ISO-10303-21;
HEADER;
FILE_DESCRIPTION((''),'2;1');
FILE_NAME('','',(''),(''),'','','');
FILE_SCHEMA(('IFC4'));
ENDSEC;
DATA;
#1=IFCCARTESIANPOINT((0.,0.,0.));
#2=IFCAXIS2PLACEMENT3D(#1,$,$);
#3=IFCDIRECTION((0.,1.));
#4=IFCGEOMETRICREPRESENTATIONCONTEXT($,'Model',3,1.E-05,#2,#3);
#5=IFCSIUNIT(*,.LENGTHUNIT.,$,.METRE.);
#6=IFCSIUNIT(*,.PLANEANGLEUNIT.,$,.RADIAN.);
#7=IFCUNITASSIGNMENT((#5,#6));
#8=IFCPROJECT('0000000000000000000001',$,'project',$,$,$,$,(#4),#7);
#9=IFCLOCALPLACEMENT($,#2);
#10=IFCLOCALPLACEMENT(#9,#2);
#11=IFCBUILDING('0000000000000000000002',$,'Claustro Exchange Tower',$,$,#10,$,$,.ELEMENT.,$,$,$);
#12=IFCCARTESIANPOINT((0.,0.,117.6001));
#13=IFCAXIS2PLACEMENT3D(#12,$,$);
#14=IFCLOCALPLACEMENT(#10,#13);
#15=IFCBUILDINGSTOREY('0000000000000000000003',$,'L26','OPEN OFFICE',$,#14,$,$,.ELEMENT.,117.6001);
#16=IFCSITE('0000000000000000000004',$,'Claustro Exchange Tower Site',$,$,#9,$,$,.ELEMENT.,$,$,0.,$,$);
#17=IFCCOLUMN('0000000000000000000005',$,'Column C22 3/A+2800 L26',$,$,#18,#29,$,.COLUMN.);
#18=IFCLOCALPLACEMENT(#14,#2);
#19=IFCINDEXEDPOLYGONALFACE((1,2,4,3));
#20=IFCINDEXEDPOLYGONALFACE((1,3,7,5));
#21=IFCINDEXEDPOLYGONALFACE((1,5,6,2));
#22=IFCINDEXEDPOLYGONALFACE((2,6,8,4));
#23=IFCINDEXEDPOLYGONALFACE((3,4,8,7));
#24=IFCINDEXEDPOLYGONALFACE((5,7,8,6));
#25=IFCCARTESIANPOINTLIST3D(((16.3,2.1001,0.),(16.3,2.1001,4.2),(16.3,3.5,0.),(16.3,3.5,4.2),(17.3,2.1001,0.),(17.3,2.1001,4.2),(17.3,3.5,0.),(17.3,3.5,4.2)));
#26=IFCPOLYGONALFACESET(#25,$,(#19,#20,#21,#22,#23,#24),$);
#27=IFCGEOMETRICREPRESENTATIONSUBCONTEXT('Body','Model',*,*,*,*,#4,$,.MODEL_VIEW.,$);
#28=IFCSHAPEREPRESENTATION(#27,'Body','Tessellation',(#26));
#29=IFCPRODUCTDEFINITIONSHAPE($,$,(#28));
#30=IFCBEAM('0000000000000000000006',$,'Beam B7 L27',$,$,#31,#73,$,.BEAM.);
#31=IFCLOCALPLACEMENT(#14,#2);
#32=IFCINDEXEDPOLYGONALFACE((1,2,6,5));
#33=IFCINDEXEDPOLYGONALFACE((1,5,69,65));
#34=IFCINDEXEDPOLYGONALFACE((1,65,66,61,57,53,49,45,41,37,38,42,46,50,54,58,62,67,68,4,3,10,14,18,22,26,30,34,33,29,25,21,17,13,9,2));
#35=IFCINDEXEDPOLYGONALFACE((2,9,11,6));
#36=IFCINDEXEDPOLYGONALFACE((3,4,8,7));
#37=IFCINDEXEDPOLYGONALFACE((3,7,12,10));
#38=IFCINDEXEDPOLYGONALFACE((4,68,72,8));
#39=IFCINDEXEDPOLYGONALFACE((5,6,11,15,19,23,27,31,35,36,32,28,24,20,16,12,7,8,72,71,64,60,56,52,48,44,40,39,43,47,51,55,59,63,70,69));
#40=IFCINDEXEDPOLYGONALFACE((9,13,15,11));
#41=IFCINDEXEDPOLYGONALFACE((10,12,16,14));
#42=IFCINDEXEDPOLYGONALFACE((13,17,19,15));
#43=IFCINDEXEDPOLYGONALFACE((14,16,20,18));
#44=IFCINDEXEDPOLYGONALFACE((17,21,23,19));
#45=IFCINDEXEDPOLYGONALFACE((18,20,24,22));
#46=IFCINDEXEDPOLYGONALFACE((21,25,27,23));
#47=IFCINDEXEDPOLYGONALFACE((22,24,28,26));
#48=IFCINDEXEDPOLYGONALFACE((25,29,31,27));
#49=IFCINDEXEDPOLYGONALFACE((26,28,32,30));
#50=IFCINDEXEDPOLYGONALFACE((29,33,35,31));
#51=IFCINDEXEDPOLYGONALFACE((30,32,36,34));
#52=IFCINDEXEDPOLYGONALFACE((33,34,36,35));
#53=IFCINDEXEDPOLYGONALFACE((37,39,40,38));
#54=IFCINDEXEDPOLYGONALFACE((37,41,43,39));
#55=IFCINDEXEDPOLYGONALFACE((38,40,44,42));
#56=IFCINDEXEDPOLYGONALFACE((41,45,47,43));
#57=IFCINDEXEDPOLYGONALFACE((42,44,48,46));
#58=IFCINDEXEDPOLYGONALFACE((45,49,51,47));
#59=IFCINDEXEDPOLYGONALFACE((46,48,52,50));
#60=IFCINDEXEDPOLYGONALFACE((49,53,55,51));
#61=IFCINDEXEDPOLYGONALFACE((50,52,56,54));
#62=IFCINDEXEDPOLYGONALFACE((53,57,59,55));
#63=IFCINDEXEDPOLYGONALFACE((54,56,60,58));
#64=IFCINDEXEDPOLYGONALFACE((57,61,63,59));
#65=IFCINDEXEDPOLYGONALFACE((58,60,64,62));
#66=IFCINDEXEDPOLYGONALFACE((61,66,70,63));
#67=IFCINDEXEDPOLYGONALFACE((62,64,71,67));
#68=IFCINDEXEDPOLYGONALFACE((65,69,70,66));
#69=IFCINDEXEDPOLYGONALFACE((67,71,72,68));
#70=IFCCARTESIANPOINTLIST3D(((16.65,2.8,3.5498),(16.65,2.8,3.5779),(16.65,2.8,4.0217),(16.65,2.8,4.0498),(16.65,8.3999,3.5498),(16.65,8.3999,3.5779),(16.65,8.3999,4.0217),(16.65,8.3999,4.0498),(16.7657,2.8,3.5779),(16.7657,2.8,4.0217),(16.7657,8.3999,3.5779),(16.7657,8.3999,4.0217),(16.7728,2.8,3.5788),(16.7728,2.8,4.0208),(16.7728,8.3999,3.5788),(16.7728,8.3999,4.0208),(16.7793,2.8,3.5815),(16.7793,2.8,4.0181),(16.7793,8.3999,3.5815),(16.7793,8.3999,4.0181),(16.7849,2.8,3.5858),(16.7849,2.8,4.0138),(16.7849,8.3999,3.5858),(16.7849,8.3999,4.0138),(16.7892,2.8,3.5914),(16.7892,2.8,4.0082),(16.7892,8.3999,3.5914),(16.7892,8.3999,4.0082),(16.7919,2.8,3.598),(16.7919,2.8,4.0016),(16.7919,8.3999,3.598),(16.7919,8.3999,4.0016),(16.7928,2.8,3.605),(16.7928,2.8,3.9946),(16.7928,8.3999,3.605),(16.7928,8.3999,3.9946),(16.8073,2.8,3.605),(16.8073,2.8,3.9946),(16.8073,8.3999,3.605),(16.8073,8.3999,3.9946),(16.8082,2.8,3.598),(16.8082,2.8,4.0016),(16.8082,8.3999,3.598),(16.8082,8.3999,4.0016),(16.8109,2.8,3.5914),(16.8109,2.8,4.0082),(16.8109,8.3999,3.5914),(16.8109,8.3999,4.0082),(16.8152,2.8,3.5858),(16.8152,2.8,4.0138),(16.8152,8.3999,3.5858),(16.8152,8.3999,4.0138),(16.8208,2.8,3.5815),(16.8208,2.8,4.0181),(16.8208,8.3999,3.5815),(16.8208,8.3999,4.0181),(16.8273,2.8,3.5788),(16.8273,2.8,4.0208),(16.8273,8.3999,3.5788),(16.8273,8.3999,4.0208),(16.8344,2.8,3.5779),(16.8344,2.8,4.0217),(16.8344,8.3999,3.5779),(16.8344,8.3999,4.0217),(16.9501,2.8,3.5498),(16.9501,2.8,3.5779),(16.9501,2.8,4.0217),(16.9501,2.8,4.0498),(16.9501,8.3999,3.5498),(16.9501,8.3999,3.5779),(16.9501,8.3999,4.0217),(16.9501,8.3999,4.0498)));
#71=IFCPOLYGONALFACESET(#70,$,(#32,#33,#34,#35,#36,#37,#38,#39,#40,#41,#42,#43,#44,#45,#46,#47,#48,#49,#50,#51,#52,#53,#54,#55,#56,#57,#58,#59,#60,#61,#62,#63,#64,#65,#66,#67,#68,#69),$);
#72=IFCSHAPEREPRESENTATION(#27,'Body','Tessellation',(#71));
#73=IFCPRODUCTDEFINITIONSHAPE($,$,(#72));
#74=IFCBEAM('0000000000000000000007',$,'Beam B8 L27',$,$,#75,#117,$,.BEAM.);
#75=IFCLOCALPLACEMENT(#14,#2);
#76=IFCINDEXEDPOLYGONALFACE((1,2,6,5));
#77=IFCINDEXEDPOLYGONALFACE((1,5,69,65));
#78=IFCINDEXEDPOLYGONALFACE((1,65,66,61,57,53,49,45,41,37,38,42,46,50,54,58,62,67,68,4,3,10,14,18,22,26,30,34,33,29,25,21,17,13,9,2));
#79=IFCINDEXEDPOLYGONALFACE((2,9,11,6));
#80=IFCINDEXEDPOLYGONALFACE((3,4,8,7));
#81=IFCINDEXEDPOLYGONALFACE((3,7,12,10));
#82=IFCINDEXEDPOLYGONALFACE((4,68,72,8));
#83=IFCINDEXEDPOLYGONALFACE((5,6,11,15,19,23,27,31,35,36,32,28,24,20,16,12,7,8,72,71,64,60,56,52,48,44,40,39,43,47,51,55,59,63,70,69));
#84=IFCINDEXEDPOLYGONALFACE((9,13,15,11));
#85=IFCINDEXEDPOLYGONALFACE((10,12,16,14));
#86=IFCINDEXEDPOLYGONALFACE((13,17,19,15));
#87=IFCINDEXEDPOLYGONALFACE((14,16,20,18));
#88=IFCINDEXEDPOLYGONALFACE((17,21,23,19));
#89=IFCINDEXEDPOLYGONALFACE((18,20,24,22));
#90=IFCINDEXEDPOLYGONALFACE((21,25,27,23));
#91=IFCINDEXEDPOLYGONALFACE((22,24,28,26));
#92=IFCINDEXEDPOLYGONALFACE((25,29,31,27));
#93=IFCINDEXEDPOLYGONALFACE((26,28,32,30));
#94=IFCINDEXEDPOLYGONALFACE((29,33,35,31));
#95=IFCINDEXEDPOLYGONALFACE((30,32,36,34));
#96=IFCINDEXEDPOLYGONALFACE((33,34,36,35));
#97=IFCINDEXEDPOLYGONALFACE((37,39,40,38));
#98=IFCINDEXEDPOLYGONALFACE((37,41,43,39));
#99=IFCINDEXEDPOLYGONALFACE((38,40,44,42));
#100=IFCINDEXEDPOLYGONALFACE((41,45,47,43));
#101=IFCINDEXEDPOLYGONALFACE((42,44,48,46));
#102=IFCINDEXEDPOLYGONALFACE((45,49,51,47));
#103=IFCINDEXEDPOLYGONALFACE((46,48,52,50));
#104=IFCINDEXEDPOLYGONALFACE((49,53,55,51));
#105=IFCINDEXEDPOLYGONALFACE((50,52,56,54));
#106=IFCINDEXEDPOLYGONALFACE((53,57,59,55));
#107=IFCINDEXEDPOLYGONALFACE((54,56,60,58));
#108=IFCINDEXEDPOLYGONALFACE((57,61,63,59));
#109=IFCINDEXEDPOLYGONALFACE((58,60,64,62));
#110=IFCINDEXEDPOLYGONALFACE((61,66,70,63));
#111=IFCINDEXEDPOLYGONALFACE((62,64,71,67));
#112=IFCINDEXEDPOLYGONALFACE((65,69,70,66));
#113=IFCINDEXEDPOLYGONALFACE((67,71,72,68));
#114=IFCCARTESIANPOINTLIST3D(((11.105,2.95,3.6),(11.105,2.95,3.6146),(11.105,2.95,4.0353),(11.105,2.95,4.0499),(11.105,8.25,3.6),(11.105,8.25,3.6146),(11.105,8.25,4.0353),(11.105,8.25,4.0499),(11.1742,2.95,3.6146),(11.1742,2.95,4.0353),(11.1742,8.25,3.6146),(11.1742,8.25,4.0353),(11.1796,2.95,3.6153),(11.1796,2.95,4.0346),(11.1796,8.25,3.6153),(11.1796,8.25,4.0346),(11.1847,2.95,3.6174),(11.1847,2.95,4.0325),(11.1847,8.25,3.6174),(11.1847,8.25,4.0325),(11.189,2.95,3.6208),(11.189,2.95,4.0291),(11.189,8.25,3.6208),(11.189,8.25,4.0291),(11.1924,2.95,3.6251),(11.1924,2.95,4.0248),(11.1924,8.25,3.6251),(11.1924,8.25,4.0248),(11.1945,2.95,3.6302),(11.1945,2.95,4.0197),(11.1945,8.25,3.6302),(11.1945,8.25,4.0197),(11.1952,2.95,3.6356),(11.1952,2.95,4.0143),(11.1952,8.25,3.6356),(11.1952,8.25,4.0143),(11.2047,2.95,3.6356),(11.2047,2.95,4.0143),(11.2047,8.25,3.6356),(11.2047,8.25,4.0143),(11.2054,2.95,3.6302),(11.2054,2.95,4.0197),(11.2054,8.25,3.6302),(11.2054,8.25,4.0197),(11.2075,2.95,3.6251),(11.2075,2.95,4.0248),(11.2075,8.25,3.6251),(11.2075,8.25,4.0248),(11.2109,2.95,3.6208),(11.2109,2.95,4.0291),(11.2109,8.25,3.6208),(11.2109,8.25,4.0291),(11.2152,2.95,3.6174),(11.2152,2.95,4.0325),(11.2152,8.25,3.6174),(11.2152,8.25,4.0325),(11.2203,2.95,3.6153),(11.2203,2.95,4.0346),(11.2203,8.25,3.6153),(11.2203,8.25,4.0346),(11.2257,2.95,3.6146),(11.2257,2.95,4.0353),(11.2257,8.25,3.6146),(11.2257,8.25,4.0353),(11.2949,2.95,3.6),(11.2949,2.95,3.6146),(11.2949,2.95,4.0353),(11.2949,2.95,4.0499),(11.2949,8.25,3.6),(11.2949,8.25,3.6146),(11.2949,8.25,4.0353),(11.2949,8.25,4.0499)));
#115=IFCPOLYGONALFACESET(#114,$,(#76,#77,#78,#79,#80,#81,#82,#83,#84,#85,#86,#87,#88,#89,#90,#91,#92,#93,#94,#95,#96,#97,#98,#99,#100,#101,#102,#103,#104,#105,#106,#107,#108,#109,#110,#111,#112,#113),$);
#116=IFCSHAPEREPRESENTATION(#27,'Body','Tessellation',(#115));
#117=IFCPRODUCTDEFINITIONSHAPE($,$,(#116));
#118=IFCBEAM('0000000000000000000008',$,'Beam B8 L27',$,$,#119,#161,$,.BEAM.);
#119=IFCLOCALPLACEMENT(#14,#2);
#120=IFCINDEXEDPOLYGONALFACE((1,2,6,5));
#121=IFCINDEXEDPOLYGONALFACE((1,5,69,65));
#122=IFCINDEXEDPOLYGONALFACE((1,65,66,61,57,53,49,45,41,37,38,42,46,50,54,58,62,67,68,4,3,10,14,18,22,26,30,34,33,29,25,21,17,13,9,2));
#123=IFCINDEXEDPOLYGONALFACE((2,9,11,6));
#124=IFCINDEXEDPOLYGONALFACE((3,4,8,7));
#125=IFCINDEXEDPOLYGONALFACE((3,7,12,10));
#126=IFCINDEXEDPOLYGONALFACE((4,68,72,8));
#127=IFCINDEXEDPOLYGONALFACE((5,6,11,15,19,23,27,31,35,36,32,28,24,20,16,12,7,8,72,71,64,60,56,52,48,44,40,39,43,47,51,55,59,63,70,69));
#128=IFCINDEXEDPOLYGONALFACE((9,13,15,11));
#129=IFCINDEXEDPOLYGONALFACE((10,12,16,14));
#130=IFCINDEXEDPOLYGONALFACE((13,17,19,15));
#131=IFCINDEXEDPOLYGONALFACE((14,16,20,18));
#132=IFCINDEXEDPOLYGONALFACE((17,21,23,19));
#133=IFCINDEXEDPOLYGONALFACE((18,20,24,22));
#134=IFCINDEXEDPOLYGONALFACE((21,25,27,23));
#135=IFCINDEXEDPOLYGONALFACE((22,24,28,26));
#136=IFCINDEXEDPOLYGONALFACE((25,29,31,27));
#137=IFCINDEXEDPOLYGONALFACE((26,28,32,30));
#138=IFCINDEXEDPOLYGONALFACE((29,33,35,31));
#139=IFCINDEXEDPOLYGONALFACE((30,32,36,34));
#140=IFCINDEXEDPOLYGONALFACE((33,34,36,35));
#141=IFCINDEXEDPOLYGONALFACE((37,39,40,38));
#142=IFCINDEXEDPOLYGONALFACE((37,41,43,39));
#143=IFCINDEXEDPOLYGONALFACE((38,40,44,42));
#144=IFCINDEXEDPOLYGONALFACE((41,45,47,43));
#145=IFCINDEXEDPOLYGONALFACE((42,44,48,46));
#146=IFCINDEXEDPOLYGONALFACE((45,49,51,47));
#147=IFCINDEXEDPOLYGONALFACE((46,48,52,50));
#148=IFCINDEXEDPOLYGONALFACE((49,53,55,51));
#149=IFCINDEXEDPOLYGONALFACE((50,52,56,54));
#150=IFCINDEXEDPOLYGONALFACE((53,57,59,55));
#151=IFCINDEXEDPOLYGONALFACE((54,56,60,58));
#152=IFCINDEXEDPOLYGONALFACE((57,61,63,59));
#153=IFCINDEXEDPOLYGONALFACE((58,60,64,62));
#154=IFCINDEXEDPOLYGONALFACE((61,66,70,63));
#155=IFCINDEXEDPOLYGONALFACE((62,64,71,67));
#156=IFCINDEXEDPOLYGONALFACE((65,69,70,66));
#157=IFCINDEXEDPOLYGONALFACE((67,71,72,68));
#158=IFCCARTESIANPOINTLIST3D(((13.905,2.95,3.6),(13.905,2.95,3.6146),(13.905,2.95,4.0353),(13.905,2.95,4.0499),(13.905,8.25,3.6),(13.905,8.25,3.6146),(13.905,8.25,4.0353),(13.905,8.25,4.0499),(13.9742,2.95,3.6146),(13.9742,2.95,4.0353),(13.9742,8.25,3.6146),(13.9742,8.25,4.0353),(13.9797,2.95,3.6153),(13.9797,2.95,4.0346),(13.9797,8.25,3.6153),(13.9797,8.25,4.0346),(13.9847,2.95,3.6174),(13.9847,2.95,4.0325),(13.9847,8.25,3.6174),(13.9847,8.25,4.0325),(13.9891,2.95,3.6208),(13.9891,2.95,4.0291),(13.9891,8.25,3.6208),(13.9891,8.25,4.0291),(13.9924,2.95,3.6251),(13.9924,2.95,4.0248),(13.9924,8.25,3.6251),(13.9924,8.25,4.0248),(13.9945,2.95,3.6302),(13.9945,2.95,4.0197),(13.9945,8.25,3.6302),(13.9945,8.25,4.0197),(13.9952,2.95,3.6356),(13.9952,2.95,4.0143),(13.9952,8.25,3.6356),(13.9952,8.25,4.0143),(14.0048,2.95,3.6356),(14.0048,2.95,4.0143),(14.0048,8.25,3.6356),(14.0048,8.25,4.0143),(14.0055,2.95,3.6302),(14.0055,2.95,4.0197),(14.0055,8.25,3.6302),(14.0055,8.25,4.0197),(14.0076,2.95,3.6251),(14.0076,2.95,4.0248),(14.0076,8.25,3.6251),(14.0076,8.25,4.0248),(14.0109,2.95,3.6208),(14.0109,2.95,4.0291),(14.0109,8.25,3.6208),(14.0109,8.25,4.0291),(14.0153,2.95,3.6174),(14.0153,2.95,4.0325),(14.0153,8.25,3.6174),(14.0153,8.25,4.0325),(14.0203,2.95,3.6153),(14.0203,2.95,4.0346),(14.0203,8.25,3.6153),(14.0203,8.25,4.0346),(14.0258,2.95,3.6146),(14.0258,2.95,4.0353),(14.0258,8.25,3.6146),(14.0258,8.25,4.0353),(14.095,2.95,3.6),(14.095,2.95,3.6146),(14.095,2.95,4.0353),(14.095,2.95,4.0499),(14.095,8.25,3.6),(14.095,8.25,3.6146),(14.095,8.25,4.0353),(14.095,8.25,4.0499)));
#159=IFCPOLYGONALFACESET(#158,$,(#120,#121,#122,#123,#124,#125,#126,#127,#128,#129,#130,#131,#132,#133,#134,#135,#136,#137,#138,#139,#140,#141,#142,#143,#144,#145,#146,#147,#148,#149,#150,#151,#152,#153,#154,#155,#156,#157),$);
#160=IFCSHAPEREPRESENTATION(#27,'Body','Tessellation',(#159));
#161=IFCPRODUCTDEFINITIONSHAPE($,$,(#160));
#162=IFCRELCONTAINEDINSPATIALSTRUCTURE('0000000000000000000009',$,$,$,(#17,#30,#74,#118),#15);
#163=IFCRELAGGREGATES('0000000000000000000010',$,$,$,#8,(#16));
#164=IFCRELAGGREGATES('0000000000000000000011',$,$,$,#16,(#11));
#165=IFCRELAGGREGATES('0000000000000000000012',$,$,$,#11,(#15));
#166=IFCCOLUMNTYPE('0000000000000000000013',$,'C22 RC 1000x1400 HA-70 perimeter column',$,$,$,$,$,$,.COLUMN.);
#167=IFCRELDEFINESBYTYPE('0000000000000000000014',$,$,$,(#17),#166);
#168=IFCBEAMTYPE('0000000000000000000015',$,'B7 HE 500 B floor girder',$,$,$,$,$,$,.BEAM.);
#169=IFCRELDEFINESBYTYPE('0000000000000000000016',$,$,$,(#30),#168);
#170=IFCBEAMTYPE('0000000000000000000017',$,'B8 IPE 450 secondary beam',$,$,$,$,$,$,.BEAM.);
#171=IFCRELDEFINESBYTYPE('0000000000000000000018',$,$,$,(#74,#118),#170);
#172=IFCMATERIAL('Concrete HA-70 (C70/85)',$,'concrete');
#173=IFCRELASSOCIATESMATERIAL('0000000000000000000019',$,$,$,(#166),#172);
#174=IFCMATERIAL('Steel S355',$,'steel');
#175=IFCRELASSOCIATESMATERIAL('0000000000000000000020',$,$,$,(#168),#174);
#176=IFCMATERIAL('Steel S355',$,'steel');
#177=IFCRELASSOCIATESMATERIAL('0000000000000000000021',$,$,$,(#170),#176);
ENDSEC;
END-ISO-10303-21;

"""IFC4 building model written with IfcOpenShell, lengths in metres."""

from ifc_helpers import new_model, si_unit, direction, frame, origin, origin_2d, place, context, subcontext, project, spatial, rectangle, i_section, extrude, material, material_profile, profile_set, type_object, element, save


model = new_model("IFC4")

# Units and contexts
model_context = context("Model", 3, precision=1e-05, world=origin(), true_north=direction((0.0, 1.0)))
body_context = subcontext(model_context, "Body", "Model", "MODEL_VIEW")
ifc_project = project(units=[si_unit("LENGTHUNIT", "METRE"), si_unit("PLANEANGLEUNIT", "RADIAN")], contexts=[model_context])

# Site, building, storey
site_placement = place(None, origin())
site = spatial("IfcSite", under=ifc_project, at=site_placement, Name="Claustro Exchange Tower Site", CompositionType="ELEMENT", RefElevation=0.0)
building_placement = place(site_placement, origin())
building = spatial("IfcBuilding", under=site, at=building_placement, Name="Claustro Exchange Tower", CompositionType="ELEMENT")
storey_placement = place(building_placement, frame((0.0, 0.0, 117.6001)))
storey = spatial("IfcBuildingStorey", under=building, at=storey_placement, Name="L26", Description="OPEN OFFICE", CompositionType="ELEMENT", Elevation=117.6001)

# Column
ifc_material_1 = material(Name="Concrete HA-70 (C70/85)", Category="concrete")
ifc_material_profile_1 = material_profile(ifc_material_1, rectangle(XDim=1.0, YDim=1.3999, at=origin_2d()), Name="RC 1000x1400")
ifc_profile_set_1 = profile_set([ifc_material_profile_1], Name="Concrete HA-70 (C70/85)")
column_type = type_object("IfcColumnType", Name="C22 RC 1000x1400 HA-70 perimeter column", PredefinedType="COLUMN", material=ifc_profile_set_1)
column_placement = place(storey_placement, frame((16.8, 2.8, 0.0), z_axis=(0.0, 0.0, 1.0), x_axis=(1.0, 0.0, 0.0)))
element("IfcColumn", 1, at=column_placement, inside=storey, type_object=column_type, Name="Column C22 3/A+2800 L26", PredefinedType="COLUMN", context=body_context, shape_type="SweptSolid", body=[
    extrude(rectangle(XDim=1.0, YDim=1.3999, at=origin_2d()), origin(), (0.0, 0.0, 1.0), 4.2),
])

# Beams
ifc_material_2 = material(Name="Steel S355", Category="steel")
ifc_material_profile_2 = material_profile(ifc_material_2, i_section(OverallWidth=0.3, OverallDepth=0.5, WebThickness=0.0144, FlangeThickness=0.0281, FilletRadius=0.0271, at=origin_2d()), Name="HE 500 B")
ifc_profile_set_2 = profile_set([ifc_material_profile_2], Name="Steel S355")
beam_type_1 = type_object("IfcBeamType", Name="B7 HE 500 B floor girder", PredefinedType="BEAM", material=ifc_profile_set_2)
beam_1_placement = place(storey_placement, frame((16.8, 2.8, 3.7998), z_axis=(0.0, 1.0, 0.0), x_axis=(-1.0, 0.0, 0.0)))
element("IfcBeam", 2, at=beam_1_placement, inside=storey, type_object=beam_type_1, Name="Beam B7 L27", PredefinedType="BEAM", context=body_context, shape_type="SweptSolid", body=[
    extrude(i_section(OverallWidth=0.3, OverallDepth=0.5, WebThickness=0.0144, FlangeThickness=0.0281, FilletRadius=0.0271, at=origin_2d()), origin(), (0.0, 0.0, 1.0), 5.5999),
])
ifc_material_3 = material(Name="Steel S355", Category="steel")
ifc_material_profile_3 = material_profile(ifc_material_3, i_section(OverallWidth=0.1899, OverallDepth=0.45, WebThickness=0.0095, FlangeThickness=0.0146, FilletRadius=0.021, at=origin_2d()), Name="IPE 450")
ifc_profile_set_3 = profile_set([ifc_material_profile_3], Name="Steel S355")
beam_type_2 = type_object("IfcBeamType", Name="B8 IPE 450 secondary beam", PredefinedType="BEAM", material=ifc_profile_set_3)
for number, where, z_axis, x_axis, name in (
    (3, (11.2, 2.95, 3.825), (0.0, 1.0, 0.0), (-1.0, 0.0, 0.0), "Beam B8 L27"),
    (4, (14.0, 2.95, 3.825), (0.0, 1.0, 0.0), (-1.0, 0.0, 0.0), "Beam B8 L27"),
):
    element("IfcBeam", number, at=place(storey_placement, frame(where, z_axis=z_axis, x_axis=x_axis)), inside=storey, type_object=beam_type_2, Name=name, PredefinedType="BEAM", context=body_context, shape_type="SweptSolid", body=[
        extrude(i_section(OverallWidth=0.1899, OverallDepth=0.45, WebThickness=0.0095, FlangeThickness=0.0146, FilletRadius=0.021, at=origin_2d()), origin(), (0.0, 0.0, 1.0), 5.3),
    ])

save(model, "model.ifc")
